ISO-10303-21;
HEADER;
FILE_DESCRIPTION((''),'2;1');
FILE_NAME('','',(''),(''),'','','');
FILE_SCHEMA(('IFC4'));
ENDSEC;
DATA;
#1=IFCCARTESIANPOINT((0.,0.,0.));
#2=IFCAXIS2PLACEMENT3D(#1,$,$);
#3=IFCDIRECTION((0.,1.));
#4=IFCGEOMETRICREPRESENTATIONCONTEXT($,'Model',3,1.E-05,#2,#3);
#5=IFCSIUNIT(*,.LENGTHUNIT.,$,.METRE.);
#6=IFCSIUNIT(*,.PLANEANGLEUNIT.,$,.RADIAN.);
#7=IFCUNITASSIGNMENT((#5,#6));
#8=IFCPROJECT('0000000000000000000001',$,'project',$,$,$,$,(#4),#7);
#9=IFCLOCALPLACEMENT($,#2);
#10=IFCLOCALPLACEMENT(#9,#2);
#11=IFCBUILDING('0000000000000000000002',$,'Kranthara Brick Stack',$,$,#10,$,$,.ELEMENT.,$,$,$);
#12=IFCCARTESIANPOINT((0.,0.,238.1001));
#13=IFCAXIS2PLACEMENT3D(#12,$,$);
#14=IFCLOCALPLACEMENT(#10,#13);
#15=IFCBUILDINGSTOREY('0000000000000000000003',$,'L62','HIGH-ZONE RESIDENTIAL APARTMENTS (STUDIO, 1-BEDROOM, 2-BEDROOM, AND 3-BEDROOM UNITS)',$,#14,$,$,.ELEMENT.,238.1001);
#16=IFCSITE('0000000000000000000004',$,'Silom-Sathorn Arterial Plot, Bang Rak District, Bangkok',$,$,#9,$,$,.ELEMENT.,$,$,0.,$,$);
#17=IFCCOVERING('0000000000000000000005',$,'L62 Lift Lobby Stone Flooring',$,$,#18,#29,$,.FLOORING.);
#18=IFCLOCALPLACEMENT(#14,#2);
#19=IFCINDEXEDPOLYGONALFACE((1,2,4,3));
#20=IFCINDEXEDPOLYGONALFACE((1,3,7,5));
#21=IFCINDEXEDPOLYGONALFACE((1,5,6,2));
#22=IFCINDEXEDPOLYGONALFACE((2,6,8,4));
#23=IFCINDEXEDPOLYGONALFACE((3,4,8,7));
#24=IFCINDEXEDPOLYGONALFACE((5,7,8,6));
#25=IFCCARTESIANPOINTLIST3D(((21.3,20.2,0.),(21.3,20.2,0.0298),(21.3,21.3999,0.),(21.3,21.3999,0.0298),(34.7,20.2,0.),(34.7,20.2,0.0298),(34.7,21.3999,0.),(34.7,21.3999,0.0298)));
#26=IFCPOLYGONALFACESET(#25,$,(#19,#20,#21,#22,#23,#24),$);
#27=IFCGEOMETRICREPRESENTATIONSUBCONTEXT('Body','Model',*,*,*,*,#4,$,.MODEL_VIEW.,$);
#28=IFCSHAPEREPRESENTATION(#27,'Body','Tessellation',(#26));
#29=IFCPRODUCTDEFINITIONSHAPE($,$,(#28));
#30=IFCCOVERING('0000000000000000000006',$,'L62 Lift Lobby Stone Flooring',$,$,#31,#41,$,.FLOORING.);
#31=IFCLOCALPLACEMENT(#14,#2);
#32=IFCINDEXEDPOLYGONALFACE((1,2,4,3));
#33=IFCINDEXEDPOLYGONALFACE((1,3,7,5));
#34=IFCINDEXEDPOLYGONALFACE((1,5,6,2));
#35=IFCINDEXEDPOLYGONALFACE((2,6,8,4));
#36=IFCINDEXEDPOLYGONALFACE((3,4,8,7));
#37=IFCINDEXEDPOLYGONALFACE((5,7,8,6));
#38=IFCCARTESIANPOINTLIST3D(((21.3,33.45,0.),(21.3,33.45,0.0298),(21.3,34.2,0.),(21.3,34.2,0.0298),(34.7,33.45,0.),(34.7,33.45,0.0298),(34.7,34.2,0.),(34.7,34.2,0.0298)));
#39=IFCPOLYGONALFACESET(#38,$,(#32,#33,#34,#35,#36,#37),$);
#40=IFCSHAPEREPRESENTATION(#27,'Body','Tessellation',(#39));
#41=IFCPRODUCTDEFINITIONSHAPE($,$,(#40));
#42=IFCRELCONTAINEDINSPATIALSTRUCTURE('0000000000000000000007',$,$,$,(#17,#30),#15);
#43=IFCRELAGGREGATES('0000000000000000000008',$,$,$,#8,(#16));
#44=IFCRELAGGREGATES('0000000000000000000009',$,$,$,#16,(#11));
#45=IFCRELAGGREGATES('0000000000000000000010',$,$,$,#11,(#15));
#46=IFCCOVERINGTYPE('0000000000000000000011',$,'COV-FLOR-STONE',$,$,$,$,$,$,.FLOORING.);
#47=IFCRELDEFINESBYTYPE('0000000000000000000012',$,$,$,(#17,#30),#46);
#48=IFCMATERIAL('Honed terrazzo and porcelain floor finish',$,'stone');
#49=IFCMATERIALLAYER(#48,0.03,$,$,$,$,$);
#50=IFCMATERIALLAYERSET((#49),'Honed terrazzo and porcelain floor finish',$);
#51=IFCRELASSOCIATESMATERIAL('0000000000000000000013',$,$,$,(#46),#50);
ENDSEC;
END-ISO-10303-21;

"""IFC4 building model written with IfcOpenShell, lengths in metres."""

from ifc_helpers import new_model, si_unit, direction, frame, origin, place, context, subcontext, project, spatial, polyline, outline, extrude, material, layer, layer_set, type_object, element, save


model = new_model("IFC4")

# Units and contexts
model_context = context("Model", 3, precision=1e-05, world=origin(), true_north=direction((0.0, 1.0)))
body_context = subcontext(model_context, "Body", "Model", "MODEL_VIEW")
ifc_project = project(units=[si_unit("LENGTHUNIT", "METRE"), si_unit("PLANEANGLEUNIT", "RADIAN")], contexts=[model_context])

# Site, building, storey
site_placement = place(None, origin())
site = spatial("IfcSite", under=ifc_project, at=site_placement, Name="Silom-Sathorn Arterial Plot, Bang Rak District, Bangkok", CompositionType="ELEMENT", RefElevation=0.0)
building_placement = place(site_placement, origin())
building = spatial("IfcBuilding", under=site, at=building_placement, Name="Kranthara Brick Stack", CompositionType="ELEMENT")
storey_placement = place(building_placement, frame((0.0, 0.0, 238.1001)))
storey = spatial("IfcBuildingStorey", under=building, at=storey_placement, Name="L62", Description="HIGH-ZONE RESIDENTIAL APARTMENTS (STUDIO, 1-BEDROOM, 2-BEDROOM, AND 3-BEDROOM UNITS)", CompositionType="ELEMENT", Elevation=238.1001)

# Coverings
ifc_material_1 = material(Name="Honed terrazzo and porcelain floor finish", Category="stone")
ifc_layer_1 = layer(ifc_material_1, 0.03)
ifc_layer_set_1 = layer_set([ifc_layer_1], Name="Honed terrazzo and porcelain floor finish")
covering_type_1 = type_object("IfcCoveringType", Name="COV-FLOR-STONE", PredefinedType="FLOORING", material=ifc_layer_set_1)
covering_1_placement = place(storey_placement, origin())
element("IfcCovering", 1, at=covering_1_placement, inside=storey, type_object=covering_type_1, Name="L62 Lift Lobby Stone Flooring", PredefinedType="FLOORING", context=body_context, shape_type="SweptSolid", body=[
    extrude(outline(polyline([(34.7, 20.2), (21.3, 20.2), (21.3, 21.3999), (34.7, 21.3999), (34.7, 20.2)])), origin(), (0.0, 0.0, 1.0), 0.0298),
])
covering_2_placement = place(storey_placement, origin())
element("IfcCovering", 2, at=covering_2_placement, inside=storey, type_object=covering_type_1, Name="L62 Lift Lobby Stone Flooring", PredefinedType="FLOORING", context=body_context, shape_type="SweptSolid", body=[
    extrude(outline(polyline([(34.7, 33.45), (21.3, 33.45), (21.3, 34.2), (34.7, 34.2), (34.7, 33.45)])), origin(), (0.0, 0.0, 1.0), 0.0298),
])

save(model, "model.ifc")
